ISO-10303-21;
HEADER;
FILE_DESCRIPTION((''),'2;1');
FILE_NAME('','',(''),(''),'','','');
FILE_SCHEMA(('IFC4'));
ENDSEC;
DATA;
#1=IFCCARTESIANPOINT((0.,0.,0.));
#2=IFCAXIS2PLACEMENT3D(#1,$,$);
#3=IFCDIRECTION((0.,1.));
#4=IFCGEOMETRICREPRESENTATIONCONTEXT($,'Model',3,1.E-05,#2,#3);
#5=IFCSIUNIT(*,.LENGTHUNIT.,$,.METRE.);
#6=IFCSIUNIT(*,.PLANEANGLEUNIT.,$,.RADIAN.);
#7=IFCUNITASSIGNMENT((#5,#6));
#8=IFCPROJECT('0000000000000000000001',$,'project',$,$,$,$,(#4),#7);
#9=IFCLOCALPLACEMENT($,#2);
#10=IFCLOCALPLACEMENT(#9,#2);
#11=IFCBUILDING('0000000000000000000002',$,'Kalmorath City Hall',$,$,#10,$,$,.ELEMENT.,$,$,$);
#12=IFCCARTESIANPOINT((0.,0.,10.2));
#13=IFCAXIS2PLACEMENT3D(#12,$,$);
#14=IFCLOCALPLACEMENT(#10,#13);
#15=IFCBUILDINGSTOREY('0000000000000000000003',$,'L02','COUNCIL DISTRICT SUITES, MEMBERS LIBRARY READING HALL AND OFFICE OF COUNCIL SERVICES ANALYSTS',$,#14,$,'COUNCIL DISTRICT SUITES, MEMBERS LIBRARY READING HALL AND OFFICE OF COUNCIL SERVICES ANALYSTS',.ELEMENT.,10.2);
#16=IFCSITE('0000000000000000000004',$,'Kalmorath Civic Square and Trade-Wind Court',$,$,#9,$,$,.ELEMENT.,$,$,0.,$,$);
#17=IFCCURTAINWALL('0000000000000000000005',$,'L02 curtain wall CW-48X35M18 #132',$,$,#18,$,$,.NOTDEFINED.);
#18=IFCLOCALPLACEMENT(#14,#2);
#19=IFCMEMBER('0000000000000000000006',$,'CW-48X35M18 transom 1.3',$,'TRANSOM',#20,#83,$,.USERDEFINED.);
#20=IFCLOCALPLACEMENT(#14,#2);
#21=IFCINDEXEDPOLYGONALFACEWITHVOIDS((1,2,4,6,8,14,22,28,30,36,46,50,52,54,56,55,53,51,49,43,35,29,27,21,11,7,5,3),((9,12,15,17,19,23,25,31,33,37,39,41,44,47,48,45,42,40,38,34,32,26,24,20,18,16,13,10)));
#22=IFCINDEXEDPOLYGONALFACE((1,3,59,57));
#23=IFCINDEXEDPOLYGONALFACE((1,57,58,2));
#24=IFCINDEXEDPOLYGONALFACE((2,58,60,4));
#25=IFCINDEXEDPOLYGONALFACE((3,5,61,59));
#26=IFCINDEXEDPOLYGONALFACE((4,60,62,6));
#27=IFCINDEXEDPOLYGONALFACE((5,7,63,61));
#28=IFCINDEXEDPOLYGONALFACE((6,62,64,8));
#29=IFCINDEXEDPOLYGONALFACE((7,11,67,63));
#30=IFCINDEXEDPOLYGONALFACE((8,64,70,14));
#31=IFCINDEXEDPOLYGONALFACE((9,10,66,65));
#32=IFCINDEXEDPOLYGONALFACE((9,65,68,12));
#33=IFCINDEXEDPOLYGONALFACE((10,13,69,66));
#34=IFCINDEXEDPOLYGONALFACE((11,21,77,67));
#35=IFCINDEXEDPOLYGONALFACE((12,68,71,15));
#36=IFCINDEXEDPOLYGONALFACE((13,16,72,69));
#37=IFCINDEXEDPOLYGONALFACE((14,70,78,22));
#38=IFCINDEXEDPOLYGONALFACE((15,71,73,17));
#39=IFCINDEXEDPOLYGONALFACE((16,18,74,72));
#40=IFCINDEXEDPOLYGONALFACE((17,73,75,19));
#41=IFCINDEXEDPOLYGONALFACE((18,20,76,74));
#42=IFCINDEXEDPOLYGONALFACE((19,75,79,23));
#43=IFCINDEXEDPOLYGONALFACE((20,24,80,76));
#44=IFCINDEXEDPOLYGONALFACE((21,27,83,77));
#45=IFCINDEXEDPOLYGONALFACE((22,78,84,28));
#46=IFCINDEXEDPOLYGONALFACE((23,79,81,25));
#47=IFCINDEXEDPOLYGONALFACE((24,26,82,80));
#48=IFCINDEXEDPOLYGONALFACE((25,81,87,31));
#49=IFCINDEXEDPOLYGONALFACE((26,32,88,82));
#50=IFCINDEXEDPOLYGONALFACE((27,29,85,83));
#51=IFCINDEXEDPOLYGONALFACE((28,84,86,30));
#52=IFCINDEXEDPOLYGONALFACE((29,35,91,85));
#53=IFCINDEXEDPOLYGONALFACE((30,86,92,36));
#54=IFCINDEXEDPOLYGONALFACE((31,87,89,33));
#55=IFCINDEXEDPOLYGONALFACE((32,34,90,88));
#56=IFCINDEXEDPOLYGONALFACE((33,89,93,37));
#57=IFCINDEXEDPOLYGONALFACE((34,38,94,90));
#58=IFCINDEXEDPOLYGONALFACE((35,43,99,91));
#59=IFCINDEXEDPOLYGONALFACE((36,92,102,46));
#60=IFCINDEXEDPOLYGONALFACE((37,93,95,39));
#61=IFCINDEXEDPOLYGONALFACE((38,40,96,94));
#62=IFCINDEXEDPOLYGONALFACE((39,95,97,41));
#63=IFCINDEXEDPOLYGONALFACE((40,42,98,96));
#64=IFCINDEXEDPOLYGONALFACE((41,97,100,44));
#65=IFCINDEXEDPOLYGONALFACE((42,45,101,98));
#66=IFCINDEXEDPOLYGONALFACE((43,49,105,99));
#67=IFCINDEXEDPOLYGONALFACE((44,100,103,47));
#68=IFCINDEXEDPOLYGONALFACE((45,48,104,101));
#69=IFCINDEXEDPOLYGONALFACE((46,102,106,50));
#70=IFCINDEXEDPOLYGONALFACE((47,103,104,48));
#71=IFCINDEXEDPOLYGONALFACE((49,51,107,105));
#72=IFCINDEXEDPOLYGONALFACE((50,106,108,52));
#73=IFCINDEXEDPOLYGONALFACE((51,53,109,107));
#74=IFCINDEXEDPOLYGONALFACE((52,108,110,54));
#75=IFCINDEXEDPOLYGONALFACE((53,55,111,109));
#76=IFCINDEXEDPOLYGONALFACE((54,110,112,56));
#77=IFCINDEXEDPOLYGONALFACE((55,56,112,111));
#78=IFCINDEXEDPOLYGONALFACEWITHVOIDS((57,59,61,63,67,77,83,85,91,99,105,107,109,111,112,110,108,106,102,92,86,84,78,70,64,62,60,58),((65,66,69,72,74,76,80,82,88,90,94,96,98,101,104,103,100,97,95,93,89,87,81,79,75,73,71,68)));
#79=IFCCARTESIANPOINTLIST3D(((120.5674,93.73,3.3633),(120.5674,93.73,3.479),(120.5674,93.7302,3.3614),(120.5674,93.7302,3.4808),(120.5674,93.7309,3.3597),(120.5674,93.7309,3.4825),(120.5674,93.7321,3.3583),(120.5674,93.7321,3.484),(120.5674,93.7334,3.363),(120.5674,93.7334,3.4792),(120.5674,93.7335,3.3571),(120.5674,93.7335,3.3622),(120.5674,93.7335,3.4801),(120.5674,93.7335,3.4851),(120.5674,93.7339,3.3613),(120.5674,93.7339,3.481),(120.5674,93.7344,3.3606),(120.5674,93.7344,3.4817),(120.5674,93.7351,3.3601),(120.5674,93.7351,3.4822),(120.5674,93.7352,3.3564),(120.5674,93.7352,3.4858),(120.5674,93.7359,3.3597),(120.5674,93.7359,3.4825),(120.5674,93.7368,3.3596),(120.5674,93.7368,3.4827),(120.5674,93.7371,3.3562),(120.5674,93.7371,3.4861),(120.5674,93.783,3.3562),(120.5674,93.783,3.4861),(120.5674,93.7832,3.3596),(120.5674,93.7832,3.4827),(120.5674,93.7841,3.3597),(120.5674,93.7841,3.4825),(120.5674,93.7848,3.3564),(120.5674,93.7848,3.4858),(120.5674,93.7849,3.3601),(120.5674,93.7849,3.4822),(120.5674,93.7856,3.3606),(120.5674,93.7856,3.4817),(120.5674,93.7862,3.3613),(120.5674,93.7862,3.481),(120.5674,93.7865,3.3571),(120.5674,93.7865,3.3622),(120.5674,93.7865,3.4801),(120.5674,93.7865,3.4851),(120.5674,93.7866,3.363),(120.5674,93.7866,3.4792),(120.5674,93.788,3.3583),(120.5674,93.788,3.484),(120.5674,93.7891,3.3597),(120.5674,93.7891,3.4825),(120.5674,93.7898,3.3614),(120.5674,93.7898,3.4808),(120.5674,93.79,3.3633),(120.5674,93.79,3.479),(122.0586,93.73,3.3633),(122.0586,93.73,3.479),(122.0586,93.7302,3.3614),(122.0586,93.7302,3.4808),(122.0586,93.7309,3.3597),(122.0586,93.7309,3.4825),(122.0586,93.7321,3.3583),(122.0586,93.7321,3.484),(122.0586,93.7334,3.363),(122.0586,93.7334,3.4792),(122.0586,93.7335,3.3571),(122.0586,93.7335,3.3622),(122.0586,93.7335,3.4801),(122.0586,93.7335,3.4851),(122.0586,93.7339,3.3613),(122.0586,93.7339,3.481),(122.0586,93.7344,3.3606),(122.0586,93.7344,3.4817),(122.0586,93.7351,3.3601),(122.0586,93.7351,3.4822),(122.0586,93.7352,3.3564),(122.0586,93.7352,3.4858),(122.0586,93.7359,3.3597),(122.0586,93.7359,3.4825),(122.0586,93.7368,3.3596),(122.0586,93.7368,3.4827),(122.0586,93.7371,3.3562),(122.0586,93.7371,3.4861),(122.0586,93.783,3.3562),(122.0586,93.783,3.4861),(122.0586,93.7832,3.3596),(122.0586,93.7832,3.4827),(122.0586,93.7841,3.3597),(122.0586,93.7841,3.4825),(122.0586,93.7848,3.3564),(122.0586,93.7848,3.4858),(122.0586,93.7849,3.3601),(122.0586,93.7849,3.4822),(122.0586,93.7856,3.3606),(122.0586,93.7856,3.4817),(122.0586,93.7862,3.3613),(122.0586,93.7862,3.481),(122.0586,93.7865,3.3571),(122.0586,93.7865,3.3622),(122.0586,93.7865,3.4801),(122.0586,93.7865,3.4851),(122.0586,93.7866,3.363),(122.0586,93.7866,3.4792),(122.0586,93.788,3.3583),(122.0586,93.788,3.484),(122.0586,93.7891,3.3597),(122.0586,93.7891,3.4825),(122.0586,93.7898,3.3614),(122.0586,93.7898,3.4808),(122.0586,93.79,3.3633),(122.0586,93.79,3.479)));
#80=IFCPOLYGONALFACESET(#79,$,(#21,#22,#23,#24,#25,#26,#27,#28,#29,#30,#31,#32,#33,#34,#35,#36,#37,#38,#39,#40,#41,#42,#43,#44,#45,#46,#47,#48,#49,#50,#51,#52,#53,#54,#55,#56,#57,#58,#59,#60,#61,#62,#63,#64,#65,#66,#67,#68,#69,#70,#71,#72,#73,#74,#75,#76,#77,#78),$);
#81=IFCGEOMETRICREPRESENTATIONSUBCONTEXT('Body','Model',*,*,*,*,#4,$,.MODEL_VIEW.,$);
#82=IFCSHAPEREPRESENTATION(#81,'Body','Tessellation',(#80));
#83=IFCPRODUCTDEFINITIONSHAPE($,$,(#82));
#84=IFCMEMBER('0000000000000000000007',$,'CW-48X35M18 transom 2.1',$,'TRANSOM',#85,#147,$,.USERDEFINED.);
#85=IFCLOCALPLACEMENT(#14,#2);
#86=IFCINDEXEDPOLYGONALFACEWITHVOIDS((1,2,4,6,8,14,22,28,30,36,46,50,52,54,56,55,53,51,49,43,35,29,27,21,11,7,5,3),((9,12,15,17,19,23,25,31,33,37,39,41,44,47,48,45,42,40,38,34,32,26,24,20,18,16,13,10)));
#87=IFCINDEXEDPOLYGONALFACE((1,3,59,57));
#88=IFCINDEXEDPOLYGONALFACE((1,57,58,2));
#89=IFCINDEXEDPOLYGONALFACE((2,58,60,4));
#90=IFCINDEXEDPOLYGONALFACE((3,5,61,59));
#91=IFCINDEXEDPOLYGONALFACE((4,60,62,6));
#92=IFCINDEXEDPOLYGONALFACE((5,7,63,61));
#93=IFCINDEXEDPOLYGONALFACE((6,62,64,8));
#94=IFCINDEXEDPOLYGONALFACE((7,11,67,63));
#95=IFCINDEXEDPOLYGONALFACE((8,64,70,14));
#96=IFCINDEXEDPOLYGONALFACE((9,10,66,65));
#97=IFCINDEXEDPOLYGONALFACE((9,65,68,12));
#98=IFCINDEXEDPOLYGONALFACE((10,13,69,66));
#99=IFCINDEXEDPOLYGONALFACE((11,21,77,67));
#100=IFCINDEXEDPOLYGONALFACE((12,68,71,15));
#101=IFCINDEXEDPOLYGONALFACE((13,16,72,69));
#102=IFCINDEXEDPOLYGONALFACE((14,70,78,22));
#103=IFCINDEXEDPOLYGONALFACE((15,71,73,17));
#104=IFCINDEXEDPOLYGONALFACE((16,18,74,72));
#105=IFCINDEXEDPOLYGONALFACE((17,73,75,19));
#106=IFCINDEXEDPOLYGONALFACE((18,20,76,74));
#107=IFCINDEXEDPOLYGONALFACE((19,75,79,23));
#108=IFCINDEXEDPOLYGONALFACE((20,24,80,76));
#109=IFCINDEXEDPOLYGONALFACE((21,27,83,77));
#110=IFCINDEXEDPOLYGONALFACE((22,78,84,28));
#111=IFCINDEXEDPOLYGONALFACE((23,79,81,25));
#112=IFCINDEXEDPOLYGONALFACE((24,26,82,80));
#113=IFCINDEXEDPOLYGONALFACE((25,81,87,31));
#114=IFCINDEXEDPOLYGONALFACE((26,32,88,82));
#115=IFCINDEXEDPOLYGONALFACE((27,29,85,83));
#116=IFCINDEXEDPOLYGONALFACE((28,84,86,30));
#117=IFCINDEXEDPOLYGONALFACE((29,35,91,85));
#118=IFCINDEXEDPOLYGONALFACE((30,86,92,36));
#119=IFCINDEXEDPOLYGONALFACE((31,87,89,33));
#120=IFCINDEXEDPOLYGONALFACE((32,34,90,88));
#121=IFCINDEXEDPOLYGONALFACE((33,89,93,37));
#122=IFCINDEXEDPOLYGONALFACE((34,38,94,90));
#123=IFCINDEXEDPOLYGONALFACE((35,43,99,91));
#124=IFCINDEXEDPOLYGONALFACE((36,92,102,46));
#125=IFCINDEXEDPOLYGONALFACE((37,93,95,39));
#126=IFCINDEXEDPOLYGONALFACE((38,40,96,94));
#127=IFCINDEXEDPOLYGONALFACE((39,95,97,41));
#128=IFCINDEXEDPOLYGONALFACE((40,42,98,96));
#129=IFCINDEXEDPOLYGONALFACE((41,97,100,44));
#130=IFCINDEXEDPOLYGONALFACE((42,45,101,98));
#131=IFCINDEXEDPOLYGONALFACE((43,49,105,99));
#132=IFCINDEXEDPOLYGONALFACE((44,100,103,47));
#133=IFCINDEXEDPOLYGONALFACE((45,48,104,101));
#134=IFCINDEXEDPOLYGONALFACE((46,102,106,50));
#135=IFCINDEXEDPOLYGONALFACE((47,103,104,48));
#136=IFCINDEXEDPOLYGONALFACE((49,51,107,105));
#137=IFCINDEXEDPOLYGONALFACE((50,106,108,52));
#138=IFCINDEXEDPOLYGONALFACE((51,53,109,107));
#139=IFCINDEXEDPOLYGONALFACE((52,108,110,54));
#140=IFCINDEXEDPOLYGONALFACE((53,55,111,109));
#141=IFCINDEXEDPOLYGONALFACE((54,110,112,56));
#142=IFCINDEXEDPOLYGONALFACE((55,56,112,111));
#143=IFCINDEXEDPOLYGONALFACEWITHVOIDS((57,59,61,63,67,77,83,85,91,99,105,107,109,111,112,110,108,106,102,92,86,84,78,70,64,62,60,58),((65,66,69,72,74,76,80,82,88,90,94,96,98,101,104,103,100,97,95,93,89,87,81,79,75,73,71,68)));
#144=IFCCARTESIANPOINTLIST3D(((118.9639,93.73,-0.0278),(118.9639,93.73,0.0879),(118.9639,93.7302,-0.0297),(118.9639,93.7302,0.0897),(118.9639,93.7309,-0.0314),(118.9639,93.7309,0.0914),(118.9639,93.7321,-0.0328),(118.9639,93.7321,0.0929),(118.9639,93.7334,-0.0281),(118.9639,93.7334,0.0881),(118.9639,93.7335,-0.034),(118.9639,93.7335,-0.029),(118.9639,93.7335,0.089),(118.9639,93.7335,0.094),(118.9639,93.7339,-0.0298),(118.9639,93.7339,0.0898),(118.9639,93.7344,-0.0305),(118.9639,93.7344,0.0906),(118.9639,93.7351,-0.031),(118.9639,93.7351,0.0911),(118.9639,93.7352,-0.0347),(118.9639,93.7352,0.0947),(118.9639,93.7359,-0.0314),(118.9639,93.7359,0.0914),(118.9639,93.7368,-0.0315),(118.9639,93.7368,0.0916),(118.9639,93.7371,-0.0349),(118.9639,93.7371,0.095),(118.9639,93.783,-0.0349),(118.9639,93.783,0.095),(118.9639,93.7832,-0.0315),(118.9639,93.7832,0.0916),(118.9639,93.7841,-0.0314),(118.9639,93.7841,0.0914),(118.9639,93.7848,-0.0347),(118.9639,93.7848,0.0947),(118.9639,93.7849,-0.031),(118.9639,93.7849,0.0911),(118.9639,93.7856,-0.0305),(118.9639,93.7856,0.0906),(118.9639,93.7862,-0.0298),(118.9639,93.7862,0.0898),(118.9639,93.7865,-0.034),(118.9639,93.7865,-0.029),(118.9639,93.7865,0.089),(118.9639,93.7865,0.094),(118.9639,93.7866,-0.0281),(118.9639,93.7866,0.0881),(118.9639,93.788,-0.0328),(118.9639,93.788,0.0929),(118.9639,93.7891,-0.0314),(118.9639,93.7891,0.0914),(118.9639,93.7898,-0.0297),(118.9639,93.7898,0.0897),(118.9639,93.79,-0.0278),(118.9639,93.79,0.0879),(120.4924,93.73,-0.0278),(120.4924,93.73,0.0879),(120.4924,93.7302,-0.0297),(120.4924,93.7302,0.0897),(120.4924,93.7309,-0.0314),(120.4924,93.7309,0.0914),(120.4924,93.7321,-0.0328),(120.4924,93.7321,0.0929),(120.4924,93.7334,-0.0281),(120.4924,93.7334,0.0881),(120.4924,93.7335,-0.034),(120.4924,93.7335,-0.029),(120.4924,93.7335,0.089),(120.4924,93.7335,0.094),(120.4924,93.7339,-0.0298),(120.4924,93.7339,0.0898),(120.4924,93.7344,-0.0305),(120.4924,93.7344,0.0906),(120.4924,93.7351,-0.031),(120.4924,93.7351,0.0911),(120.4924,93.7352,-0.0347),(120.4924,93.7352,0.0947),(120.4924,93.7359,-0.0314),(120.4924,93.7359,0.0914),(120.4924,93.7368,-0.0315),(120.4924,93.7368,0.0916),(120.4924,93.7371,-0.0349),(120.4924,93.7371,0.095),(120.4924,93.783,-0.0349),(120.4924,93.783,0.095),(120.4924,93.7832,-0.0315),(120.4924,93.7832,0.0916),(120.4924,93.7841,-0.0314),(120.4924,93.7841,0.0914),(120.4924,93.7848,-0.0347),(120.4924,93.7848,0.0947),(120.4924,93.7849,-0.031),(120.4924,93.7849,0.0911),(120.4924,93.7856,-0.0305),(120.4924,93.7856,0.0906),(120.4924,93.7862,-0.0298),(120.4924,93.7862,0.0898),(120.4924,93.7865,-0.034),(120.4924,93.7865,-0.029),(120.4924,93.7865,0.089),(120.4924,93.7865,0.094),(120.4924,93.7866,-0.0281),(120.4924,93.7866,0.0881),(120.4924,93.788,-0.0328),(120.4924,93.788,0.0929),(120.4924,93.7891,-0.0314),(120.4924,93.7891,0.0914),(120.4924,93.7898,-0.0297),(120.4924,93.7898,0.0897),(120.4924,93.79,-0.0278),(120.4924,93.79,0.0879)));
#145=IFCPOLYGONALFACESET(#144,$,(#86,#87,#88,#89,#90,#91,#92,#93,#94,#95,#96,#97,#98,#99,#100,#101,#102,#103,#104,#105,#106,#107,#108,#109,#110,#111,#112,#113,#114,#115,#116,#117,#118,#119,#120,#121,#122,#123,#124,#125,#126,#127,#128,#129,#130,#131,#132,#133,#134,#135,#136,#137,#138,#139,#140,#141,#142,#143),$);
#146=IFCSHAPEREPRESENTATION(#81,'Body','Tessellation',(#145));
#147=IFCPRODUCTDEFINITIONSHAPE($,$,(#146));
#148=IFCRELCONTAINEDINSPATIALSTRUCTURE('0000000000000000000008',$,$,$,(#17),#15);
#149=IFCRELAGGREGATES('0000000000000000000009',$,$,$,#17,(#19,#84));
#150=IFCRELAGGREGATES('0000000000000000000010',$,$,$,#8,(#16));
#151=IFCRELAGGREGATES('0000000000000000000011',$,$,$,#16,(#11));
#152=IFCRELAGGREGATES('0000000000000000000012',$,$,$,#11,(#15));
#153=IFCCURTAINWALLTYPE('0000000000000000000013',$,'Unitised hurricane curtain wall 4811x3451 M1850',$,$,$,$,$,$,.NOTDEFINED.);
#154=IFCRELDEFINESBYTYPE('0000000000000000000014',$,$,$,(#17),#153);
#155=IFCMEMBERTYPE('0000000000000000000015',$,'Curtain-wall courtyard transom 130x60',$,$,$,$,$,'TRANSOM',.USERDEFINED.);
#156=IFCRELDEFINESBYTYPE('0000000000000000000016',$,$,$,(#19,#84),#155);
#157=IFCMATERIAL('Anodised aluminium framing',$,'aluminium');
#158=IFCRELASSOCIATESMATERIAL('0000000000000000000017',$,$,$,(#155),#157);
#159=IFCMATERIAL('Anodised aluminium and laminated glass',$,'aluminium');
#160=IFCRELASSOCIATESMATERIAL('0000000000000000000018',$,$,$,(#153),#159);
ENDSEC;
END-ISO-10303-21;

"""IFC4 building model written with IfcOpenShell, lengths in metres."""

from ifc_helpers import new_model, si_unit, direction, frame, origin, origin_2d, place, context, subcontext, project, spatial, hollow_rectangle, extrude, material, material_profile, profile_set, type_object, element, aggregate, save


model = new_model("IFC4")

# Units and contexts
model_context = context("Model", 3, precision=1e-05, world=origin(), true_north=direction((0.0, 1.0)))
body_context = subcontext(model_context, "Body", "Model", "MODEL_VIEW")
ifc_project = project(units=[si_unit("LENGTHUNIT", "METRE"), si_unit("PLANEANGLEUNIT", "RADIAN")], contexts=[model_context])

# Site, building, storey
site_placement = place(None, origin())
site = spatial("IfcSite", under=ifc_project, at=site_placement, Name="Kalmorath Civic Square and Trade-Wind Court", CompositionType="ELEMENT", RefElevation=0.0)
building_placement = place(site_placement, origin())
building = spatial("IfcBuilding", under=site, at=building_placement, Name="Kalmorath City Hall", CompositionType="ELEMENT")
storey_placement = place(building_placement, frame((0.0, 0.0, 10.2)))
storey = spatial("IfcBuildingStorey", under=building, at=storey_placement, Name="L02", Description="COUNCIL DISTRICT SUITES, MEMBERS LIBRARY READING HALL AND OFFICE OF COUNCIL SERVICES ANALYSTS", LongName="COUNCIL DISTRICT SUITES, MEMBERS LIBRARY READING HALL AND OFFICE OF COUNCIL SERVICES ANALYSTS", CompositionType="ELEMENT", Elevation=10.2)

# Curtain wall, members
ifc_material_1 = material(Name="Anodised aluminium framing", Category="aluminium")
ifc_material_profile_1 = material_profile(ifc_material_1, hollow_rectangle(XDim=0.0601, YDim=0.1299, WallThickness=0.0034, InnerFilletRadius=0.0034, OuterFilletRadius=0.0071, at=origin_2d()), Name="ALU-TRN-130X60X3.5")
ifc_profile_set_1 = profile_set([ifc_material_profile_1], Name="Anodised aluminium framing")
member_type_1 = type_object("IfcMemberType", Name="Curtain-wall courtyard transom 130x60", ElementType="TRANSOM", PredefinedType="USERDEFINED", material=ifc_profile_set_1)
ifc_material_2 = material(Name="Anodised aluminium and laminated glass", Category="aluminium")
curtain_wall_type_1 = type_object("IfcCurtainWallType", Name="Unitised hurricane curtain wall 4811x3451 M1850", PredefinedType="NOTDEFINED", material=ifc_material_2)
curtain_wall_1_placement = place(storey_placement, origin())
curtain_wall_1 = element("IfcCurtainWall", 1, at=curtain_wall_1_placement, inside=storey, type_object=curtain_wall_type_1, Name="L02 curtain wall CW-48X35M18 #132", PredefinedType="NOTDEFINED")
member_1_placement = place(storey_placement, frame((122.0586, 93.76, 3.4211), z_axis=(-1.0, 0.0, 0.0), x_axis=(0.0, -1.0, 0.0)))
member_1 = element("IfcMember", 2, at=member_1_placement, type_object=member_type_1, Name="CW-48X35M18 transom 1.3", ObjectType="TRANSOM", PredefinedType="USERDEFINED", context=body_context, shape_type="SweptSolid", body=[
    extrude(hollow_rectangle(XDim=0.0601, YDim=0.1299, WallThickness=0.0034, InnerFilletRadius=0.0034, OuterFilletRadius=0.0071, at=origin_2d()), origin(), (0.0, 0.0, 1.0), 1.4912),
])
member_2_placement = place(storey_placement, frame((120.4924, 93.76, 0.03), z_axis=(-1.0, 0.0, 0.0), x_axis=(0.0, -1.0, 0.0)))
member_2 = element("IfcMember", 3, at=member_2_placement, type_object=member_type_1, Name="CW-48X35M18 transom 2.1", ObjectType="TRANSOM", PredefinedType="USERDEFINED", context=body_context, shape_type="SweptSolid", body=[
    extrude(hollow_rectangle(XDim=0.0601, YDim=0.1299, WallThickness=0.0034, InnerFilletRadius=0.0034, OuterFilletRadius=0.0071, at=origin_2d()), origin(), (0.0, 0.0, 1.0), 1.5286),
])

aggregate(curtain_wall_1, [member_1, member_2])

save(model, "model.ifc")
